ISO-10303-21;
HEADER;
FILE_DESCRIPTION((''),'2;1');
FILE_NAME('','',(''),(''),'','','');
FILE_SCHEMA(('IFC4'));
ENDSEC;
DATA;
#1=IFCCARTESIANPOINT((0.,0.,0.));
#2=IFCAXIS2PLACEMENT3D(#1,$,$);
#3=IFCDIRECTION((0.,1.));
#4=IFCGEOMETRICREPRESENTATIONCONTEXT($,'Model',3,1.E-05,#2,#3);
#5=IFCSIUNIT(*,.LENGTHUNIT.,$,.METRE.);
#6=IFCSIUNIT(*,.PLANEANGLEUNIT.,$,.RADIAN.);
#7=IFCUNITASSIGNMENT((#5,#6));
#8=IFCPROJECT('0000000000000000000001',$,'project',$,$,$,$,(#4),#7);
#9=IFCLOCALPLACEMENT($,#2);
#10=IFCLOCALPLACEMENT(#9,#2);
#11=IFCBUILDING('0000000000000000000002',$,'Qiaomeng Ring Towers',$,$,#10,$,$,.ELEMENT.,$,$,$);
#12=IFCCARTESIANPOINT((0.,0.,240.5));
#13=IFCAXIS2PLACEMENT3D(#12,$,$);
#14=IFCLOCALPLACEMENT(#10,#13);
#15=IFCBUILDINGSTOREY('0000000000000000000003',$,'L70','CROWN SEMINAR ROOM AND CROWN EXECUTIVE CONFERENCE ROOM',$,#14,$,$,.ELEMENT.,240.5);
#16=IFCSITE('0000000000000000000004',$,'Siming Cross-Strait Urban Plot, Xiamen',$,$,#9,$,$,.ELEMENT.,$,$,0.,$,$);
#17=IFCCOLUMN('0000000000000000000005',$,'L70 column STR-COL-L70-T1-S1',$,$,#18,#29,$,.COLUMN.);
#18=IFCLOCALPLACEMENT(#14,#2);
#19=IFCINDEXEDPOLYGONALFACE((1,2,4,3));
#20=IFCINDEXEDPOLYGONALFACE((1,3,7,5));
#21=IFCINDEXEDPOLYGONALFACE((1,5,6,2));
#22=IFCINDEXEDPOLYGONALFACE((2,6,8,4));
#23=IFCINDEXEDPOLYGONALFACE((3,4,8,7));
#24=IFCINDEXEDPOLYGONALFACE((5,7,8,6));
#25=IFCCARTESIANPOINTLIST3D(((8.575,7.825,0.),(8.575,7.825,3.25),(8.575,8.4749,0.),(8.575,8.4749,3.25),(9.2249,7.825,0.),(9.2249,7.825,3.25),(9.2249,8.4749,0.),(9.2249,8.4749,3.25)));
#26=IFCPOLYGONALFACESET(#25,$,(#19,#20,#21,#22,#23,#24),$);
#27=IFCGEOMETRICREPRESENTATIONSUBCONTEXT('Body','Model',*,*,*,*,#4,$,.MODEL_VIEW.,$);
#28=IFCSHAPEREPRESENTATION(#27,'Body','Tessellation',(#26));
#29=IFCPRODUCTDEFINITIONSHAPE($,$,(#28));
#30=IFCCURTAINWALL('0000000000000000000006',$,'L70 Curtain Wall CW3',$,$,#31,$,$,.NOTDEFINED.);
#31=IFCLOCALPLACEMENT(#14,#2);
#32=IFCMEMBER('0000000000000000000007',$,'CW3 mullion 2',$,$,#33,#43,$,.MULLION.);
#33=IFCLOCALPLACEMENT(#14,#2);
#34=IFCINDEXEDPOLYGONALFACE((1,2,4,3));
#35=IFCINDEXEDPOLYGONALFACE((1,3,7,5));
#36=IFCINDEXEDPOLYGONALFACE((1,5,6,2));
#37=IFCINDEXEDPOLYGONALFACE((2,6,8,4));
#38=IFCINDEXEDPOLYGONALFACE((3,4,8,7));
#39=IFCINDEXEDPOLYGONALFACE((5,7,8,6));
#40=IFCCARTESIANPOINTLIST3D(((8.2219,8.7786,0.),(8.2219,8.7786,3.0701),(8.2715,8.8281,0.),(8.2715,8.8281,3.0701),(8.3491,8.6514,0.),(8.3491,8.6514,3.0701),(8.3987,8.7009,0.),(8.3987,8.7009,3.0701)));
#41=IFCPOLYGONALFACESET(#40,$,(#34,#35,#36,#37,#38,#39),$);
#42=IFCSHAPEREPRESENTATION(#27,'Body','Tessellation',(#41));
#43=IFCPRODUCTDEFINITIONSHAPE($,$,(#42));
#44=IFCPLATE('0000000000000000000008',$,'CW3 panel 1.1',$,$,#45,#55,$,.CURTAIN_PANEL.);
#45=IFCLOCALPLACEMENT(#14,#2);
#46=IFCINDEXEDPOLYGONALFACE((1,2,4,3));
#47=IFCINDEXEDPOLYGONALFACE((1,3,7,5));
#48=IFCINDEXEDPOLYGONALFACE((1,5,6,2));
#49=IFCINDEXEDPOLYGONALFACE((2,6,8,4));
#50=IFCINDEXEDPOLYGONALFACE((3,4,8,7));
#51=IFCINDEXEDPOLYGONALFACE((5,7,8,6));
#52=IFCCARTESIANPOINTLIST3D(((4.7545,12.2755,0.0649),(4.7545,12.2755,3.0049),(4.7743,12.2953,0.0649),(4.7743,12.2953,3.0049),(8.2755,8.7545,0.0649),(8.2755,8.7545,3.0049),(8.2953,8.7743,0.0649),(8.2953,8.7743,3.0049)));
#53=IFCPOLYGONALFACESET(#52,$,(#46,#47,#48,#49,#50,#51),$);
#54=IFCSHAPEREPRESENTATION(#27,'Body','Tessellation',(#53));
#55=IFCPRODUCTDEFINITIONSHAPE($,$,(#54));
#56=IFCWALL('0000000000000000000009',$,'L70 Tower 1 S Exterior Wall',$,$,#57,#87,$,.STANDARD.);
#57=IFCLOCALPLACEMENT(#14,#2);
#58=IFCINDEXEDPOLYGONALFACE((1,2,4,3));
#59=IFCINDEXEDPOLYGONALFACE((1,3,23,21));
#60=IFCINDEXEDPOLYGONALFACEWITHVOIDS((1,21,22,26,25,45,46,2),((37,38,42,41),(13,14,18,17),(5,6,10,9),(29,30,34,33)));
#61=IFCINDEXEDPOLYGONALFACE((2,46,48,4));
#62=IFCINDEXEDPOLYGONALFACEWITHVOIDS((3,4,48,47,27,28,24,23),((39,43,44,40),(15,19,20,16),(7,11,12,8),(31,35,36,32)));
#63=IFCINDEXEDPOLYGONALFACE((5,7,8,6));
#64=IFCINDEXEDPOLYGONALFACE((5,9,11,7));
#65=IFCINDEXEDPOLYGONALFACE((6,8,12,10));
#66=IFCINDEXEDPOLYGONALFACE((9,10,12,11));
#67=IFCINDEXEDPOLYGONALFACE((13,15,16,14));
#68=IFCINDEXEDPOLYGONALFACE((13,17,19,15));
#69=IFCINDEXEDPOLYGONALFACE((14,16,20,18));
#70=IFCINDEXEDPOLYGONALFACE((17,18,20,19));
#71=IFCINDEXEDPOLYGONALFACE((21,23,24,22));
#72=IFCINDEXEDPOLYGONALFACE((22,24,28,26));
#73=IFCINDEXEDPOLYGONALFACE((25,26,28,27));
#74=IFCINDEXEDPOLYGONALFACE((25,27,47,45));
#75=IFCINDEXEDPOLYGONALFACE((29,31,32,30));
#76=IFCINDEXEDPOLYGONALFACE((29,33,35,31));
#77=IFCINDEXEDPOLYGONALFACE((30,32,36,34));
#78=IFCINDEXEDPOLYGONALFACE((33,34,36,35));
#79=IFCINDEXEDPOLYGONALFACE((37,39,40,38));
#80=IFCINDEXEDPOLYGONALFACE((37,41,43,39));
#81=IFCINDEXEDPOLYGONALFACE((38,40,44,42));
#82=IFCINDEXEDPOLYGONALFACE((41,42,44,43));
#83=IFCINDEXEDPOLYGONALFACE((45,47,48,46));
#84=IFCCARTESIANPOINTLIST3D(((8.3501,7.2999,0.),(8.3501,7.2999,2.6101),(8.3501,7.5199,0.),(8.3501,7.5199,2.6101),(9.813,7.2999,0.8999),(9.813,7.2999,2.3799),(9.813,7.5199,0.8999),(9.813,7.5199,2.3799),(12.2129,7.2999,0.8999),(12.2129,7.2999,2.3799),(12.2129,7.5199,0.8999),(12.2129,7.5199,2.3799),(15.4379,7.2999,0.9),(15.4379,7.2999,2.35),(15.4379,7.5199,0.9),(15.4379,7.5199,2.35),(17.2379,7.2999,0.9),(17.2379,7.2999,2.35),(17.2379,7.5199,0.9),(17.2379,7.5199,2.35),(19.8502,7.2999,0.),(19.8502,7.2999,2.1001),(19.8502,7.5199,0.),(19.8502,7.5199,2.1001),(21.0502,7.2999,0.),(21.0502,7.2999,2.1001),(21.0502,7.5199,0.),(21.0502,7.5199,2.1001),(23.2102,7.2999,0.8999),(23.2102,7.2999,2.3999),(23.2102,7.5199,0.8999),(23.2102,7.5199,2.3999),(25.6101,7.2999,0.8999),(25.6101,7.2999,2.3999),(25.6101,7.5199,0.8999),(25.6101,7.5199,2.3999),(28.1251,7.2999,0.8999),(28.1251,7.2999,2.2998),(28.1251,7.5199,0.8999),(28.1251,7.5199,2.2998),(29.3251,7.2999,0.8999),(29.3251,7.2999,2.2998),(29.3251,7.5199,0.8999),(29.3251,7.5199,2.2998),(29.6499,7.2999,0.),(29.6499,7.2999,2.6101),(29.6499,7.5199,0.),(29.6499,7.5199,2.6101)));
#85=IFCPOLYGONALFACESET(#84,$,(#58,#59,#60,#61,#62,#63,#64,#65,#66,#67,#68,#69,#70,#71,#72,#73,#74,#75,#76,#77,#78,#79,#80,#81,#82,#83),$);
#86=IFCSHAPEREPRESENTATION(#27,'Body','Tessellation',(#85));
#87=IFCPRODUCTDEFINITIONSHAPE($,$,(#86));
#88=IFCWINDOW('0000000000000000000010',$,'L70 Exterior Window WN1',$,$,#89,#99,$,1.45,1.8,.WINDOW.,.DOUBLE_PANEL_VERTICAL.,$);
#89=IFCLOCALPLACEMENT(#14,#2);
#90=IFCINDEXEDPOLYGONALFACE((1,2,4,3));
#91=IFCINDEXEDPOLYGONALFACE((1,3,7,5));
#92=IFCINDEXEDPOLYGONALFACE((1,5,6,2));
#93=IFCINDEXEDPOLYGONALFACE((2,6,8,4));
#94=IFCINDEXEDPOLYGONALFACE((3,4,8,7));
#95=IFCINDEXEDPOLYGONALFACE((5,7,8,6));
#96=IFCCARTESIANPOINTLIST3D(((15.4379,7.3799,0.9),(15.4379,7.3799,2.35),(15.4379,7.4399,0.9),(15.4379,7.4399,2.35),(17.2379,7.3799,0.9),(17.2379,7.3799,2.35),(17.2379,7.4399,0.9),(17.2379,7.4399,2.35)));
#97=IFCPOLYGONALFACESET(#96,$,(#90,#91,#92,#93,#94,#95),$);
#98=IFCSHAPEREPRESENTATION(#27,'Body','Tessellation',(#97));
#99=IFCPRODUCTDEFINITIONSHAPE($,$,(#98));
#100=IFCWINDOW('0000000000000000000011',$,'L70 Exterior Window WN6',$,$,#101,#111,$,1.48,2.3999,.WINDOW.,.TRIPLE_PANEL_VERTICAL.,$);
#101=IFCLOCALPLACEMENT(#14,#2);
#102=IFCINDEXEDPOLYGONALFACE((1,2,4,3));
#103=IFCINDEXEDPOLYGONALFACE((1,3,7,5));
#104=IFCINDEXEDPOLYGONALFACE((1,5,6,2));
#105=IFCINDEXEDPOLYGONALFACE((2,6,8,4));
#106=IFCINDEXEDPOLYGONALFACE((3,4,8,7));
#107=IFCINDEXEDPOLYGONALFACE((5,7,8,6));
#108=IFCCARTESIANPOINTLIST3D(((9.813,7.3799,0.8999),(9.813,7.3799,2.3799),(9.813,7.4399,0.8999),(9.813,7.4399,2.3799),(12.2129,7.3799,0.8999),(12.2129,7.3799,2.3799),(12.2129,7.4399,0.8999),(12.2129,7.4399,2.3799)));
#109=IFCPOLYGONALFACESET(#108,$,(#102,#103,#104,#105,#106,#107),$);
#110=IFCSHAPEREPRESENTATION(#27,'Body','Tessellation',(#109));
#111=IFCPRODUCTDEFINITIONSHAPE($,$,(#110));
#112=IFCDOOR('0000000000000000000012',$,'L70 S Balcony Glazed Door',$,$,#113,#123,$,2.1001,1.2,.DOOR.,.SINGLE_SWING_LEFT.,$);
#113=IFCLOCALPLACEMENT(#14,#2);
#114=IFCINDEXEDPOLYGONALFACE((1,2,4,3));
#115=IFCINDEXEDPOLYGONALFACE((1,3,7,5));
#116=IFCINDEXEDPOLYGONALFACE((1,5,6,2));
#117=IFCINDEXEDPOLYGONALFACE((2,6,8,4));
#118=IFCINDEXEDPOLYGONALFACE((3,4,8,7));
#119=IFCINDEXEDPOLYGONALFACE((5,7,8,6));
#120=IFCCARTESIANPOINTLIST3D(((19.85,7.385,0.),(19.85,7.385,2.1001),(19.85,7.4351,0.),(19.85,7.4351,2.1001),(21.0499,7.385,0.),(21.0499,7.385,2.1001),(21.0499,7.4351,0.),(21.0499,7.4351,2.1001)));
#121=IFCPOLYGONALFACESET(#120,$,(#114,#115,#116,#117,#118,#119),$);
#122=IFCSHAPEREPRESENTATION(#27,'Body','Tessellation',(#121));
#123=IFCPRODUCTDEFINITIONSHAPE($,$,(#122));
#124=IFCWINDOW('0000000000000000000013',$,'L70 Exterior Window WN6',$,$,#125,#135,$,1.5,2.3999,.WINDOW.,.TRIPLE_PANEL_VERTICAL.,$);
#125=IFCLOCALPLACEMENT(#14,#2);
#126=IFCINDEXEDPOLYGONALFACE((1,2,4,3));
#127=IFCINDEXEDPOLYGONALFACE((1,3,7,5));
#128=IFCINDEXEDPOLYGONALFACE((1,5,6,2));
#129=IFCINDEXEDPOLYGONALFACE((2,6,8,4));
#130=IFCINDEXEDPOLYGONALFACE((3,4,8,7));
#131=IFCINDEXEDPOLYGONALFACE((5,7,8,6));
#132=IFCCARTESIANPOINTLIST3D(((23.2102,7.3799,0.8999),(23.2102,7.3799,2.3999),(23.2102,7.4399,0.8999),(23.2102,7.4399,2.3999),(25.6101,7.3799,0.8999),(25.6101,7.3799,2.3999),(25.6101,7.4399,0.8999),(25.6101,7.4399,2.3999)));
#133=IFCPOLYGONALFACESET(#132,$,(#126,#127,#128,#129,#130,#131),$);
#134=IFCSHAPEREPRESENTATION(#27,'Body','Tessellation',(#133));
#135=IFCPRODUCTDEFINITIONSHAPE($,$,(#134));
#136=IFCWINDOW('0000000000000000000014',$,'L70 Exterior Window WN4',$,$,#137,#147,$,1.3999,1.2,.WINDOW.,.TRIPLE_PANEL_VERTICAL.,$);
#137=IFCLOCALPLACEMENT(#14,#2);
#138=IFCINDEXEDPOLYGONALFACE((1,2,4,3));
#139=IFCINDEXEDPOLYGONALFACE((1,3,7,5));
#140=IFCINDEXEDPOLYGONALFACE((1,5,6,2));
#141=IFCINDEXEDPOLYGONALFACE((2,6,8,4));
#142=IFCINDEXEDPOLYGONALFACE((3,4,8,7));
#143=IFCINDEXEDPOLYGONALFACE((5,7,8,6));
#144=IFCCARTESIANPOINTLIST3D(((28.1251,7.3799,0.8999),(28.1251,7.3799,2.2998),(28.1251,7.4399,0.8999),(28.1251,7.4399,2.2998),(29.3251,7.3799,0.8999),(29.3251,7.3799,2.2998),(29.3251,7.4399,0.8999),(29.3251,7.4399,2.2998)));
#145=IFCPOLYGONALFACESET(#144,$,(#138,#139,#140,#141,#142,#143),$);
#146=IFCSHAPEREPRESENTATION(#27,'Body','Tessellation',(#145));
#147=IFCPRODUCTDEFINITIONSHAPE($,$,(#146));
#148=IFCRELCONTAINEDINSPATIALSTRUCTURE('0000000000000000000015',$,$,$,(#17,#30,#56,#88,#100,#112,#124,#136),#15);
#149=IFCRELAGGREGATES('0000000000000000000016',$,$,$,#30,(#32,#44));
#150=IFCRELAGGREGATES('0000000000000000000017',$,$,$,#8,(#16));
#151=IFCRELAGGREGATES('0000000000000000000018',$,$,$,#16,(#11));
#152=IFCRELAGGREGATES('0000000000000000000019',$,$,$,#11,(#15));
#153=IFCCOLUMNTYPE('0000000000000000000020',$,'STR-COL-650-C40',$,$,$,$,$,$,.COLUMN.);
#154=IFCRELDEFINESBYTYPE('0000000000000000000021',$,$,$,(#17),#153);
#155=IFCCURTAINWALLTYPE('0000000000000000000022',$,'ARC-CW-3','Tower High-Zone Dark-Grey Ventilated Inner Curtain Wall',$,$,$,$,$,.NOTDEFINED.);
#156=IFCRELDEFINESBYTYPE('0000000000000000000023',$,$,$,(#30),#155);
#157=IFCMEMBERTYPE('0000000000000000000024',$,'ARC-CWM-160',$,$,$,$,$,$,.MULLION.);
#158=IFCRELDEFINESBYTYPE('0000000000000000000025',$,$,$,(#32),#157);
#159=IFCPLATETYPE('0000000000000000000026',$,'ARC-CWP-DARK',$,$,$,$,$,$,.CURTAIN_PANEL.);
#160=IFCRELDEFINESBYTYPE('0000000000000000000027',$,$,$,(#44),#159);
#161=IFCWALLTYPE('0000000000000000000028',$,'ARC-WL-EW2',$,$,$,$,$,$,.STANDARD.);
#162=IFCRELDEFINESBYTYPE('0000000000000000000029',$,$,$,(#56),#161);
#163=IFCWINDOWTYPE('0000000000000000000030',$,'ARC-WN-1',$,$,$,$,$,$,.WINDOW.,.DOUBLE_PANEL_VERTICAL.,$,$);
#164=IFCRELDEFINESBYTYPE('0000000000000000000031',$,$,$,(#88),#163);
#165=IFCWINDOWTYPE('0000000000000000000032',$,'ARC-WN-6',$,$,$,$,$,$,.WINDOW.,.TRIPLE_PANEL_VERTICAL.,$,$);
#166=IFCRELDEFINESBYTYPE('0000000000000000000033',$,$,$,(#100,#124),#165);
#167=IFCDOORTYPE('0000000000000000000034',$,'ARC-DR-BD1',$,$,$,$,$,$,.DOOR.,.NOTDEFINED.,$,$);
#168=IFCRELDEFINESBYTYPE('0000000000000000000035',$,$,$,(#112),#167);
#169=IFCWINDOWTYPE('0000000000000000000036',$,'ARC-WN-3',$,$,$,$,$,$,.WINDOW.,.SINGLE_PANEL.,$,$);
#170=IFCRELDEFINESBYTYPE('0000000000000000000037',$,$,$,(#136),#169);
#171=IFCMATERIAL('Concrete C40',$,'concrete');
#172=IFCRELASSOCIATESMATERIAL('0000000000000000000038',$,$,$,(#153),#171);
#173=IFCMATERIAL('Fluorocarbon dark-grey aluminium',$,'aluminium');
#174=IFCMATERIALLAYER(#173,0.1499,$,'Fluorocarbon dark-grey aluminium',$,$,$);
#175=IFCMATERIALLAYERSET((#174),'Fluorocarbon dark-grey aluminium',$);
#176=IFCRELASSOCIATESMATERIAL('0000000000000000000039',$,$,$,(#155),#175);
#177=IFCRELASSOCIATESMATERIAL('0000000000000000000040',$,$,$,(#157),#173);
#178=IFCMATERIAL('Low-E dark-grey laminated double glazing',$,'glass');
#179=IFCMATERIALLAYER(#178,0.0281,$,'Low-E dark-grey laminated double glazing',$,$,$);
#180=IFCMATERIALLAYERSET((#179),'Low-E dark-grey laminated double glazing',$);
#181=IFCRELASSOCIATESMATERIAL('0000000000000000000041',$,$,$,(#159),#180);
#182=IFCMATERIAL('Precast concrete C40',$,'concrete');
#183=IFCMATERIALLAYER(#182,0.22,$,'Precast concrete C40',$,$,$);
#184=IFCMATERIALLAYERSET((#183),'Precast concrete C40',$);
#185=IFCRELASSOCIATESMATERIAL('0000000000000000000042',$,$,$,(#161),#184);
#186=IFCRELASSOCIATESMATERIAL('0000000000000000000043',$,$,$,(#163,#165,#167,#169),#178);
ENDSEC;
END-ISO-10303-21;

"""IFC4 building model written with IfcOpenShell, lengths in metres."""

from ifc_helpers import new_model, si_unit, direction, frame, frame_2d, origin, origin_2d, place, context, subcontext, project, spatial, rectangle, extrude, source, transform, mapped, material, layer, layer_set, material_profile, profile_set, type_object, element, fill, aggregate, save


model = new_model("IFC4")

# Units and contexts
model_context = context("Model", 3, precision=1e-05, world=origin(), true_north=direction((0.0, 1.0)))
body_context = subcontext(model_context, "Body", "Model", "MODEL_VIEW")
ifc_project = project(units=[si_unit("LENGTHUNIT", "METRE"), si_unit("PLANEANGLEUNIT", "RADIAN")], contexts=[model_context])

# Site, building, storey
site_placement = place(None, origin())
site = spatial("IfcSite", under=ifc_project, at=site_placement, Name="Siming Cross-Strait Urban Plot, Xiamen", CompositionType="ELEMENT", RefElevation=0.0)
building_placement = place(site_placement, origin())
building = spatial("IfcBuilding", under=site, at=building_placement, Name="Qiaomeng Ring Towers", CompositionType="ELEMENT")
storey_placement = place(building_placement, frame((0.0, 0.0, 240.5)))
storey = spatial("IfcBuildingStorey", under=building, at=storey_placement, Name="L70", Description="CROWN SEMINAR ROOM AND CROWN EXECUTIVE CONFERENCE ROOM", CompositionType="ELEMENT", Elevation=240.5)

# Column
ifc_material_1 = material(Name="Concrete C40", Category="concrete")
ifc_material_profile_1 = material_profile(ifc_material_1, rectangle(XDim=0.6499, YDim=0.6499, at=origin_2d()), Name="RC COL 650x650")
ifc_profile_set_1 = profile_set([ifc_material_profile_1], Name="Concrete C40")
column_type = type_object("IfcColumnType", Name="STR-COL-650-C40", PredefinedType="COLUMN", material=ifc_profile_set_1)
shared_shape_1 = source(origin(), body_context, "Body", "SweptSolid", [
    extrude(rectangle(XDim=0.6499, YDim=0.6499, at=origin_2d()), origin(), (0.0, 0.0, 1.0), 3.25),
])
column_placement = place(storey_placement, frame((8.8999, 8.1499, 0.0), z_axis=(0.0, 0.0, 1.0), x_axis=(1.0, 0.0, 0.0)))
element("IfcColumn", 1, at=column_placement, inside=storey, type_object=column_type, Name="L70 column STR-COL-L70-T1-S1", PredefinedType="COLUMN", context=body_context, shape_type="MappedRepresentation", body=[
    mapped(shared_shape_1, transform((0.0, 0.0, 0.0), x_axis=(1.0, 0.0, 0.0), y_axis=(0.0, 1.0, 0.0), z_axis=(0.0, 0.0, 1.0), scale=1.0)),
])

# Curtain wall, member, plate
ifc_material_2 = material(Name="Fluorocarbon dark-grey aluminium", Category="aluminium")
ifc_layer_1 = layer(ifc_material_2, 0.1499, Name="Fluorocarbon dark-grey aluminium")
ifc_layer_set_1 = layer_set([ifc_layer_1], Name="Fluorocarbon dark-grey aluminium")
curtain_wall_type = type_object("IfcCurtainWallType", Name="ARC-CW-3", Description="Tower High-Zone Dark-Grey Ventilated Inner Curtain Wall", PredefinedType="NOTDEFINED", material=ifc_layer_set_1)
curtain_wall_placement = place(storey_placement, origin())
curtain_wall = element("IfcCurtainWall", 2, at=curtain_wall_placement, inside=storey, type_object=curtain_wall_type, Name="L70 Curtain Wall CW3", PredefinedType="NOTDEFINED")
ifc_material_profile_2 = material_profile(ifc_material_2, rectangle(XDim=0.0701, YDim=0.1799, at=origin_2d()), Name="ALU MULL 70x180")
ifc_profile_set_2 = profile_set([ifc_material_profile_2], Name="Fluorocarbon dark-grey aluminium")
member_type = type_object("IfcMemberType", Name="ARC-CWM-160", PredefinedType="MULLION", material=ifc_profile_set_2)
shared_shape_2 = source(origin(), body_context, "Body", "SweptSolid", [
    extrude(rectangle(XDim=0.0701, YDim=0.1799, at=origin_2d()), origin(), (0.0, 0.0, 1.0), 3.0701),
])
member_placement = place(storey_placement, frame((8.3103, 8.7397, 0.0), z_axis=(0.0, 0.0, 1.0), x_axis=(0.707107, 0.707107, 0.0)))
member = element("IfcMember", 3, at=member_placement, type_object=member_type, Name="CW3 mullion 2", PredefinedType="MULLION", context=body_context, shape_type="MappedRepresentation", body=[
    mapped(shared_shape_2, transform((0.0, 0.0, 0.0), x_axis=(1.0, 0.0, 0.0), y_axis=(0.0, 1.0, 0.0), z_axis=(0.0, 0.0, 1.0), scale=1.0)),
])
ifc_material_3 = material(Name="Low-E dark-grey laminated double glazing", Category="glass")
ifc_layer_2 = layer(ifc_material_3, 0.0281, Name="Low-E dark-grey laminated double glazing")
ifc_layer_set_2 = layer_set([ifc_layer_2], Name="Low-E dark-grey laminated double glazing")
plate_type = type_object("IfcPlateType", Name="ARC-CWP-DARK", PredefinedType="CURTAIN_PANEL", material=ifc_layer_set_2)
shared_shape_3 = source(origin(), body_context, "Body", "SweptSolid", [
    extrude(rectangle(XDim=4.9795, YDim=0.0281, at=origin_2d()), origin(), (0.0, 0.0, 1.0), 2.9399),
])
plate_placement = place(storey_placement, frame((6.5249, 10.5249, 0.0649), z_axis=(0.0, 0.0, 1.0), x_axis=(0.707107, -0.707107, 0.0)))
plate = element("IfcPlate", 4, at=plate_placement, type_object=plate_type, Name="CW3 panel 1.1", PredefinedType="CURTAIN_PANEL", context=body_context, shape_type="MappedRepresentation", body=[
    mapped(shared_shape_3, transform((0.0, 0.0, 0.0), x_axis=(1.0, 0.0, 0.0), y_axis=(0.0, 1.0, 0.0), z_axis=(0.0, 0.0, 1.0), scale=1.0)),
])
aggregate(curtain_wall, [member, plate])

# Wall, openings, windows, door
ifc_material_4 = material(Name="Precast concrete C40", Category="concrete")
ifc_layer_3 = layer(ifc_material_4, 0.22, Name="Precast concrete C40")
ifc_layer_set_3 = layer_set([ifc_layer_3], Name="Precast concrete C40")
wall_type_1 = type_object("IfcWallType", Name="ARC-WL-EW2", PredefinedType="STANDARD", material=ifc_layer_set_3)
wall_1_placement = place(storey_placement, frame((8.3501, 7.4099, 0.0), z_axis=(0.0, 0.0, 1.0), x_axis=(1.0, 0.0, 0.0)))
wall_1 = element("IfcWall", 5, at=wall_1_placement, inside=storey, type_object=wall_type_1, Name="L70 Tower 1 S Exterior Wall", PredefinedType="STANDARD", context=body_context, shape_type="SweptSolid", body=[
    extrude(rectangle(XDim=21.2998, YDim=0.22, at=frame_2d((10.6499, 0.0))), origin(), (0.0, 0.0, 1.0), 2.6101),
])
opening_1_placement = place(wall_1_placement, frame((11.5, 0.0, 0.0)))
opening_1 = element("IfcOpeningElement", 6, at=opening_1_placement, cuts=wall_1, PredefinedType="OPENING", context=body_context, shape_type="SweptSolid", body=[
    extrude(rectangle(XDim=1.2, YDim=2.1001, at=frame_2d((0.6001, 1.05))), frame((0.0, 0.1199, 0.0), z_axis=(0.0, -1.0, 0.0), x_axis=(1.0, 0.0, 0.0)), (0.0, 0.0, 1.0), 0.24),
])
opening_2_placement = place(wall_1_placement, frame((1.4629, 0.0, 0.8999)))
opening_2 = element("IfcOpeningElement", 7, at=opening_2_placement, cuts=wall_1, PredefinedType="OPENING", context=body_context, shape_type="SweptSolid", body=[
    extrude(rectangle(XDim=2.3999, YDim=1.48, at=frame_2d((1.2, 0.74))), frame((0.0, 0.1199, 0.0), z_axis=(0.0, -1.0, 0.0), x_axis=(1.0, 0.0, 0.0)), (0.0, 0.0, 1.0), 0.24),
])
opening_3_placement = place(wall_1_placement, frame((7.0879, 0.0, 0.8999)))
opening_3 = element("IfcOpeningElement", 8, at=opening_3_placement, cuts=wall_1, PredefinedType="OPENING", context=body_context, shape_type="SweptSolid", body=[
    extrude(rectangle(XDim=1.8, YDim=1.45, at=frame_2d((0.8999, 0.7251))), frame((0.0, 0.1199, 0.0), z_axis=(0.0, -1.0, 0.0), x_axis=(1.0, 0.0, 0.0)), (0.0, 0.0, 1.0), 0.24),
])
opening_4_placement = place(wall_1_placement, frame((19.7749, 0.0, 0.8999)))
opening_4 = element("IfcOpeningElement", 9, at=opening_4_placement, cuts=wall_1, PredefinedType="OPENING", context=body_context, shape_type="SweptSolid", body=[
    extrude(rectangle(XDim=1.2, YDim=1.3999, at=frame_2d((0.6001, 0.7))), frame((0.0, 0.1199, 0.0), z_axis=(0.0, -1.0, 0.0), x_axis=(1.0, 0.0, 0.0)), (0.0, 0.0, 1.0), 0.24),
])
opening_5_placement = place(wall_1_placement, frame((14.8601, 0.0, 0.8999)))
opening_5 = element("IfcOpeningElement", 10, at=opening_5_placement, cuts=wall_1, PredefinedType="OPENING", context=body_context, shape_type="SweptSolid", body=[
    extrude(rectangle(XDim=2.3999, YDim=1.5, at=frame_2d((1.2, 0.75))), frame((0.0, 0.1199, 0.0), z_axis=(0.0, -1.0, 0.0), x_axis=(1.0, 0.0, 0.0)), (0.0, 0.0, 1.0), 0.24),
])
window_type_1 = type_object("IfcWindowType", Name="ARC-WN-1", PartitioningType="DOUBLE_PANEL_VERTICAL", PredefinedType="WINDOW", material=ifc_material_3)
shared_shape_4 = source(origin(), body_context, "Body", "SweptSolid", [
    extrude(rectangle(XDim=1.8, YDim=1.45, at=frame_2d((0.8999, 0.7251))), frame((0.0, 0.03, 0.0), z_axis=(0.0, -1.0, 0.0), x_axis=(1.0, 0.0, 0.0)), (0.0, 0.0, 1.0), 0.0601),
])
window_1_placement = place(opening_3_placement, origin())
window_1 = element("IfcWindow", 11, at=window_1_placement, inside=storey, type_object=window_type_1, Name="L70 Exterior Window WN1", OverallHeight=1.45, OverallWidth=1.8, PartitioningType="DOUBLE_PANEL_VERTICAL", PredefinedType="WINDOW", context=body_context, shape_type="MappedRepresentation", body=[
    mapped(shared_shape_4, transform((0.0, 0.0, 0.0), x_axis=(1.0, 0.0, 0.0), y_axis=(0.0, 1.0, 0.0), z_axis=(0.0, 0.0, 1.0), scale=1.0)),
])
fill(opening_3, window_1)
window_type_2 = type_object("IfcWindowType", Name="ARC-WN-6", PartitioningType="TRIPLE_PANEL_VERTICAL", PredefinedType="WINDOW", material=ifc_material_3)
shared_shape_5 = source(origin(), body_context, "Body", "SweptSolid", [
    extrude(rectangle(XDim=2.3999, YDim=1.48, at=frame_2d((1.2, 0.74))), frame((0.0, 0.03, 0.0), z_axis=(0.0, -1.0, 0.0), x_axis=(1.0, 0.0, 0.0)), (0.0, 0.0, 1.0), 0.0601),
])
window_2_placement = place(opening_2_placement, origin())
window_2 = element("IfcWindow", 12, at=window_2_placement, inside=storey, type_object=window_type_2, Name="L70 Exterior Window WN6", OverallHeight=1.48, OverallWidth=2.3999, PartitioningType="TRIPLE_PANEL_VERTICAL", PredefinedType="WINDOW", context=body_context, shape_type="MappedRepresentation", body=[
    mapped(shared_shape_5, transform((0.0, 0.0, 0.0), x_axis=(1.0, 0.0, 0.0), y_axis=(0.0, 1.0, 0.0), z_axis=(0.0, 0.0, 1.0), scale=1.0)),
])
fill(opening_2, window_2)
door_type_1 = type_object("IfcDoorType", Name="ARC-DR-BD1", OperationType="NOTDEFINED", PredefinedType="DOOR", material=ifc_material_3)
shared_shape_6 = source(origin(), body_context, "Body", "SweptSolid", [
    extrude(rectangle(XDim=1.2, YDim=2.1001, at=frame_2d((0.6001, 1.05))), frame((0.0, 0.0249, 0.0), z_axis=(0.0, -1.0, 0.0), x_axis=(1.0, 0.0, 0.0)), (0.0, 0.0, 1.0), 0.05),
])
door_1_placement = place(opening_1_placement, frame((1.2, 0.0, 0.0), z_axis=(0.0, 0.0, 1.0), x_axis=(-1.0, 0.0, 0.0)))
door_1 = element("IfcDoor", 13, at=door_1_placement, inside=storey, type_object=door_type_1, Name="L70 S Balcony Glazed Door", OperationType="SINGLE_SWING_LEFT", OverallHeight=2.1001, OverallWidth=1.2, PredefinedType="DOOR", context=body_context, shape_type="MappedRepresentation", body=[
    mapped(shared_shape_6, transform((0.0, 0.0, 0.0), x_axis=(1.0, 0.0, 0.0), y_axis=(0.0, 1.0, 0.0), z_axis=(0.0, 0.0, 1.0), scale=1.0)),
])
fill(opening_1, door_1)
shared_shape_7 = source(origin(), body_context, "Body", "SweptSolid", [
    extrude(rectangle(XDim=2.3999, YDim=1.5, at=frame_2d((1.2, 0.75))), frame((0.0, 0.03, 0.0), z_axis=(0.0, -1.0, 0.0), x_axis=(1.0, 0.0, 0.0)), (0.0, 0.0, 1.0), 0.0601),
])
window_3_placement = place(opening_5_placement, origin())
window_3 = element("IfcWindow", 14, at=window_3_placement, inside=storey, type_object=window_type_2, Name="L70 Exterior Window WN6", OverallHeight=1.5, OverallWidth=2.3999, PartitioningType="TRIPLE_PANEL_VERTICAL", PredefinedType="WINDOW", context=body_context, shape_type="MappedRepresentation", body=[
    mapped(shared_shape_7, transform((0.0, 0.0, 0.0), x_axis=(1.0, 0.0, 0.0), y_axis=(0.0, 1.0, 0.0), z_axis=(0.0, 0.0, 1.0), scale=1.0)),
])
fill(opening_5, window_3)
window_type_3 = type_object("IfcWindowType", Name="ARC-WN-3", PartitioningType="SINGLE_PANEL", PredefinedType="WINDOW", material=ifc_material_3)
shared_shape_8 = source(origin(), body_context, "Body", "SweptSolid", [
    extrude(rectangle(XDim=1.2, YDim=1.3999, at=frame_2d((0.6001, 0.7))), frame((0.0, 0.03, 0.0), z_axis=(0.0, -1.0, 0.0), x_axis=(1.0, 0.0, 0.0)), (0.0, 0.0, 1.0), 0.0601),
])
window_4_placement = place(opening_4_placement, origin())
window_4 = element("IfcWindow", 15, at=window_4_placement, inside=storey, type_object=window_type_3, Name="L70 Exterior Window WN4", OverallHeight=1.3999, OverallWidth=1.2, PartitioningType="TRIPLE_PANEL_VERTICAL", PredefinedType="WINDOW", context=body_context, shape_type="MappedRepresentation", body=[
    mapped(shared_shape_8, transform((0.0, 0.0, 0.0), x_axis=(1.0, 0.0, 0.0), y_axis=(0.0, 1.0, 0.0), z_axis=(0.0, 0.0, 1.0), scale=1.0)),
])
fill(opening_4, window_4)

save(model, "model.ifc")
